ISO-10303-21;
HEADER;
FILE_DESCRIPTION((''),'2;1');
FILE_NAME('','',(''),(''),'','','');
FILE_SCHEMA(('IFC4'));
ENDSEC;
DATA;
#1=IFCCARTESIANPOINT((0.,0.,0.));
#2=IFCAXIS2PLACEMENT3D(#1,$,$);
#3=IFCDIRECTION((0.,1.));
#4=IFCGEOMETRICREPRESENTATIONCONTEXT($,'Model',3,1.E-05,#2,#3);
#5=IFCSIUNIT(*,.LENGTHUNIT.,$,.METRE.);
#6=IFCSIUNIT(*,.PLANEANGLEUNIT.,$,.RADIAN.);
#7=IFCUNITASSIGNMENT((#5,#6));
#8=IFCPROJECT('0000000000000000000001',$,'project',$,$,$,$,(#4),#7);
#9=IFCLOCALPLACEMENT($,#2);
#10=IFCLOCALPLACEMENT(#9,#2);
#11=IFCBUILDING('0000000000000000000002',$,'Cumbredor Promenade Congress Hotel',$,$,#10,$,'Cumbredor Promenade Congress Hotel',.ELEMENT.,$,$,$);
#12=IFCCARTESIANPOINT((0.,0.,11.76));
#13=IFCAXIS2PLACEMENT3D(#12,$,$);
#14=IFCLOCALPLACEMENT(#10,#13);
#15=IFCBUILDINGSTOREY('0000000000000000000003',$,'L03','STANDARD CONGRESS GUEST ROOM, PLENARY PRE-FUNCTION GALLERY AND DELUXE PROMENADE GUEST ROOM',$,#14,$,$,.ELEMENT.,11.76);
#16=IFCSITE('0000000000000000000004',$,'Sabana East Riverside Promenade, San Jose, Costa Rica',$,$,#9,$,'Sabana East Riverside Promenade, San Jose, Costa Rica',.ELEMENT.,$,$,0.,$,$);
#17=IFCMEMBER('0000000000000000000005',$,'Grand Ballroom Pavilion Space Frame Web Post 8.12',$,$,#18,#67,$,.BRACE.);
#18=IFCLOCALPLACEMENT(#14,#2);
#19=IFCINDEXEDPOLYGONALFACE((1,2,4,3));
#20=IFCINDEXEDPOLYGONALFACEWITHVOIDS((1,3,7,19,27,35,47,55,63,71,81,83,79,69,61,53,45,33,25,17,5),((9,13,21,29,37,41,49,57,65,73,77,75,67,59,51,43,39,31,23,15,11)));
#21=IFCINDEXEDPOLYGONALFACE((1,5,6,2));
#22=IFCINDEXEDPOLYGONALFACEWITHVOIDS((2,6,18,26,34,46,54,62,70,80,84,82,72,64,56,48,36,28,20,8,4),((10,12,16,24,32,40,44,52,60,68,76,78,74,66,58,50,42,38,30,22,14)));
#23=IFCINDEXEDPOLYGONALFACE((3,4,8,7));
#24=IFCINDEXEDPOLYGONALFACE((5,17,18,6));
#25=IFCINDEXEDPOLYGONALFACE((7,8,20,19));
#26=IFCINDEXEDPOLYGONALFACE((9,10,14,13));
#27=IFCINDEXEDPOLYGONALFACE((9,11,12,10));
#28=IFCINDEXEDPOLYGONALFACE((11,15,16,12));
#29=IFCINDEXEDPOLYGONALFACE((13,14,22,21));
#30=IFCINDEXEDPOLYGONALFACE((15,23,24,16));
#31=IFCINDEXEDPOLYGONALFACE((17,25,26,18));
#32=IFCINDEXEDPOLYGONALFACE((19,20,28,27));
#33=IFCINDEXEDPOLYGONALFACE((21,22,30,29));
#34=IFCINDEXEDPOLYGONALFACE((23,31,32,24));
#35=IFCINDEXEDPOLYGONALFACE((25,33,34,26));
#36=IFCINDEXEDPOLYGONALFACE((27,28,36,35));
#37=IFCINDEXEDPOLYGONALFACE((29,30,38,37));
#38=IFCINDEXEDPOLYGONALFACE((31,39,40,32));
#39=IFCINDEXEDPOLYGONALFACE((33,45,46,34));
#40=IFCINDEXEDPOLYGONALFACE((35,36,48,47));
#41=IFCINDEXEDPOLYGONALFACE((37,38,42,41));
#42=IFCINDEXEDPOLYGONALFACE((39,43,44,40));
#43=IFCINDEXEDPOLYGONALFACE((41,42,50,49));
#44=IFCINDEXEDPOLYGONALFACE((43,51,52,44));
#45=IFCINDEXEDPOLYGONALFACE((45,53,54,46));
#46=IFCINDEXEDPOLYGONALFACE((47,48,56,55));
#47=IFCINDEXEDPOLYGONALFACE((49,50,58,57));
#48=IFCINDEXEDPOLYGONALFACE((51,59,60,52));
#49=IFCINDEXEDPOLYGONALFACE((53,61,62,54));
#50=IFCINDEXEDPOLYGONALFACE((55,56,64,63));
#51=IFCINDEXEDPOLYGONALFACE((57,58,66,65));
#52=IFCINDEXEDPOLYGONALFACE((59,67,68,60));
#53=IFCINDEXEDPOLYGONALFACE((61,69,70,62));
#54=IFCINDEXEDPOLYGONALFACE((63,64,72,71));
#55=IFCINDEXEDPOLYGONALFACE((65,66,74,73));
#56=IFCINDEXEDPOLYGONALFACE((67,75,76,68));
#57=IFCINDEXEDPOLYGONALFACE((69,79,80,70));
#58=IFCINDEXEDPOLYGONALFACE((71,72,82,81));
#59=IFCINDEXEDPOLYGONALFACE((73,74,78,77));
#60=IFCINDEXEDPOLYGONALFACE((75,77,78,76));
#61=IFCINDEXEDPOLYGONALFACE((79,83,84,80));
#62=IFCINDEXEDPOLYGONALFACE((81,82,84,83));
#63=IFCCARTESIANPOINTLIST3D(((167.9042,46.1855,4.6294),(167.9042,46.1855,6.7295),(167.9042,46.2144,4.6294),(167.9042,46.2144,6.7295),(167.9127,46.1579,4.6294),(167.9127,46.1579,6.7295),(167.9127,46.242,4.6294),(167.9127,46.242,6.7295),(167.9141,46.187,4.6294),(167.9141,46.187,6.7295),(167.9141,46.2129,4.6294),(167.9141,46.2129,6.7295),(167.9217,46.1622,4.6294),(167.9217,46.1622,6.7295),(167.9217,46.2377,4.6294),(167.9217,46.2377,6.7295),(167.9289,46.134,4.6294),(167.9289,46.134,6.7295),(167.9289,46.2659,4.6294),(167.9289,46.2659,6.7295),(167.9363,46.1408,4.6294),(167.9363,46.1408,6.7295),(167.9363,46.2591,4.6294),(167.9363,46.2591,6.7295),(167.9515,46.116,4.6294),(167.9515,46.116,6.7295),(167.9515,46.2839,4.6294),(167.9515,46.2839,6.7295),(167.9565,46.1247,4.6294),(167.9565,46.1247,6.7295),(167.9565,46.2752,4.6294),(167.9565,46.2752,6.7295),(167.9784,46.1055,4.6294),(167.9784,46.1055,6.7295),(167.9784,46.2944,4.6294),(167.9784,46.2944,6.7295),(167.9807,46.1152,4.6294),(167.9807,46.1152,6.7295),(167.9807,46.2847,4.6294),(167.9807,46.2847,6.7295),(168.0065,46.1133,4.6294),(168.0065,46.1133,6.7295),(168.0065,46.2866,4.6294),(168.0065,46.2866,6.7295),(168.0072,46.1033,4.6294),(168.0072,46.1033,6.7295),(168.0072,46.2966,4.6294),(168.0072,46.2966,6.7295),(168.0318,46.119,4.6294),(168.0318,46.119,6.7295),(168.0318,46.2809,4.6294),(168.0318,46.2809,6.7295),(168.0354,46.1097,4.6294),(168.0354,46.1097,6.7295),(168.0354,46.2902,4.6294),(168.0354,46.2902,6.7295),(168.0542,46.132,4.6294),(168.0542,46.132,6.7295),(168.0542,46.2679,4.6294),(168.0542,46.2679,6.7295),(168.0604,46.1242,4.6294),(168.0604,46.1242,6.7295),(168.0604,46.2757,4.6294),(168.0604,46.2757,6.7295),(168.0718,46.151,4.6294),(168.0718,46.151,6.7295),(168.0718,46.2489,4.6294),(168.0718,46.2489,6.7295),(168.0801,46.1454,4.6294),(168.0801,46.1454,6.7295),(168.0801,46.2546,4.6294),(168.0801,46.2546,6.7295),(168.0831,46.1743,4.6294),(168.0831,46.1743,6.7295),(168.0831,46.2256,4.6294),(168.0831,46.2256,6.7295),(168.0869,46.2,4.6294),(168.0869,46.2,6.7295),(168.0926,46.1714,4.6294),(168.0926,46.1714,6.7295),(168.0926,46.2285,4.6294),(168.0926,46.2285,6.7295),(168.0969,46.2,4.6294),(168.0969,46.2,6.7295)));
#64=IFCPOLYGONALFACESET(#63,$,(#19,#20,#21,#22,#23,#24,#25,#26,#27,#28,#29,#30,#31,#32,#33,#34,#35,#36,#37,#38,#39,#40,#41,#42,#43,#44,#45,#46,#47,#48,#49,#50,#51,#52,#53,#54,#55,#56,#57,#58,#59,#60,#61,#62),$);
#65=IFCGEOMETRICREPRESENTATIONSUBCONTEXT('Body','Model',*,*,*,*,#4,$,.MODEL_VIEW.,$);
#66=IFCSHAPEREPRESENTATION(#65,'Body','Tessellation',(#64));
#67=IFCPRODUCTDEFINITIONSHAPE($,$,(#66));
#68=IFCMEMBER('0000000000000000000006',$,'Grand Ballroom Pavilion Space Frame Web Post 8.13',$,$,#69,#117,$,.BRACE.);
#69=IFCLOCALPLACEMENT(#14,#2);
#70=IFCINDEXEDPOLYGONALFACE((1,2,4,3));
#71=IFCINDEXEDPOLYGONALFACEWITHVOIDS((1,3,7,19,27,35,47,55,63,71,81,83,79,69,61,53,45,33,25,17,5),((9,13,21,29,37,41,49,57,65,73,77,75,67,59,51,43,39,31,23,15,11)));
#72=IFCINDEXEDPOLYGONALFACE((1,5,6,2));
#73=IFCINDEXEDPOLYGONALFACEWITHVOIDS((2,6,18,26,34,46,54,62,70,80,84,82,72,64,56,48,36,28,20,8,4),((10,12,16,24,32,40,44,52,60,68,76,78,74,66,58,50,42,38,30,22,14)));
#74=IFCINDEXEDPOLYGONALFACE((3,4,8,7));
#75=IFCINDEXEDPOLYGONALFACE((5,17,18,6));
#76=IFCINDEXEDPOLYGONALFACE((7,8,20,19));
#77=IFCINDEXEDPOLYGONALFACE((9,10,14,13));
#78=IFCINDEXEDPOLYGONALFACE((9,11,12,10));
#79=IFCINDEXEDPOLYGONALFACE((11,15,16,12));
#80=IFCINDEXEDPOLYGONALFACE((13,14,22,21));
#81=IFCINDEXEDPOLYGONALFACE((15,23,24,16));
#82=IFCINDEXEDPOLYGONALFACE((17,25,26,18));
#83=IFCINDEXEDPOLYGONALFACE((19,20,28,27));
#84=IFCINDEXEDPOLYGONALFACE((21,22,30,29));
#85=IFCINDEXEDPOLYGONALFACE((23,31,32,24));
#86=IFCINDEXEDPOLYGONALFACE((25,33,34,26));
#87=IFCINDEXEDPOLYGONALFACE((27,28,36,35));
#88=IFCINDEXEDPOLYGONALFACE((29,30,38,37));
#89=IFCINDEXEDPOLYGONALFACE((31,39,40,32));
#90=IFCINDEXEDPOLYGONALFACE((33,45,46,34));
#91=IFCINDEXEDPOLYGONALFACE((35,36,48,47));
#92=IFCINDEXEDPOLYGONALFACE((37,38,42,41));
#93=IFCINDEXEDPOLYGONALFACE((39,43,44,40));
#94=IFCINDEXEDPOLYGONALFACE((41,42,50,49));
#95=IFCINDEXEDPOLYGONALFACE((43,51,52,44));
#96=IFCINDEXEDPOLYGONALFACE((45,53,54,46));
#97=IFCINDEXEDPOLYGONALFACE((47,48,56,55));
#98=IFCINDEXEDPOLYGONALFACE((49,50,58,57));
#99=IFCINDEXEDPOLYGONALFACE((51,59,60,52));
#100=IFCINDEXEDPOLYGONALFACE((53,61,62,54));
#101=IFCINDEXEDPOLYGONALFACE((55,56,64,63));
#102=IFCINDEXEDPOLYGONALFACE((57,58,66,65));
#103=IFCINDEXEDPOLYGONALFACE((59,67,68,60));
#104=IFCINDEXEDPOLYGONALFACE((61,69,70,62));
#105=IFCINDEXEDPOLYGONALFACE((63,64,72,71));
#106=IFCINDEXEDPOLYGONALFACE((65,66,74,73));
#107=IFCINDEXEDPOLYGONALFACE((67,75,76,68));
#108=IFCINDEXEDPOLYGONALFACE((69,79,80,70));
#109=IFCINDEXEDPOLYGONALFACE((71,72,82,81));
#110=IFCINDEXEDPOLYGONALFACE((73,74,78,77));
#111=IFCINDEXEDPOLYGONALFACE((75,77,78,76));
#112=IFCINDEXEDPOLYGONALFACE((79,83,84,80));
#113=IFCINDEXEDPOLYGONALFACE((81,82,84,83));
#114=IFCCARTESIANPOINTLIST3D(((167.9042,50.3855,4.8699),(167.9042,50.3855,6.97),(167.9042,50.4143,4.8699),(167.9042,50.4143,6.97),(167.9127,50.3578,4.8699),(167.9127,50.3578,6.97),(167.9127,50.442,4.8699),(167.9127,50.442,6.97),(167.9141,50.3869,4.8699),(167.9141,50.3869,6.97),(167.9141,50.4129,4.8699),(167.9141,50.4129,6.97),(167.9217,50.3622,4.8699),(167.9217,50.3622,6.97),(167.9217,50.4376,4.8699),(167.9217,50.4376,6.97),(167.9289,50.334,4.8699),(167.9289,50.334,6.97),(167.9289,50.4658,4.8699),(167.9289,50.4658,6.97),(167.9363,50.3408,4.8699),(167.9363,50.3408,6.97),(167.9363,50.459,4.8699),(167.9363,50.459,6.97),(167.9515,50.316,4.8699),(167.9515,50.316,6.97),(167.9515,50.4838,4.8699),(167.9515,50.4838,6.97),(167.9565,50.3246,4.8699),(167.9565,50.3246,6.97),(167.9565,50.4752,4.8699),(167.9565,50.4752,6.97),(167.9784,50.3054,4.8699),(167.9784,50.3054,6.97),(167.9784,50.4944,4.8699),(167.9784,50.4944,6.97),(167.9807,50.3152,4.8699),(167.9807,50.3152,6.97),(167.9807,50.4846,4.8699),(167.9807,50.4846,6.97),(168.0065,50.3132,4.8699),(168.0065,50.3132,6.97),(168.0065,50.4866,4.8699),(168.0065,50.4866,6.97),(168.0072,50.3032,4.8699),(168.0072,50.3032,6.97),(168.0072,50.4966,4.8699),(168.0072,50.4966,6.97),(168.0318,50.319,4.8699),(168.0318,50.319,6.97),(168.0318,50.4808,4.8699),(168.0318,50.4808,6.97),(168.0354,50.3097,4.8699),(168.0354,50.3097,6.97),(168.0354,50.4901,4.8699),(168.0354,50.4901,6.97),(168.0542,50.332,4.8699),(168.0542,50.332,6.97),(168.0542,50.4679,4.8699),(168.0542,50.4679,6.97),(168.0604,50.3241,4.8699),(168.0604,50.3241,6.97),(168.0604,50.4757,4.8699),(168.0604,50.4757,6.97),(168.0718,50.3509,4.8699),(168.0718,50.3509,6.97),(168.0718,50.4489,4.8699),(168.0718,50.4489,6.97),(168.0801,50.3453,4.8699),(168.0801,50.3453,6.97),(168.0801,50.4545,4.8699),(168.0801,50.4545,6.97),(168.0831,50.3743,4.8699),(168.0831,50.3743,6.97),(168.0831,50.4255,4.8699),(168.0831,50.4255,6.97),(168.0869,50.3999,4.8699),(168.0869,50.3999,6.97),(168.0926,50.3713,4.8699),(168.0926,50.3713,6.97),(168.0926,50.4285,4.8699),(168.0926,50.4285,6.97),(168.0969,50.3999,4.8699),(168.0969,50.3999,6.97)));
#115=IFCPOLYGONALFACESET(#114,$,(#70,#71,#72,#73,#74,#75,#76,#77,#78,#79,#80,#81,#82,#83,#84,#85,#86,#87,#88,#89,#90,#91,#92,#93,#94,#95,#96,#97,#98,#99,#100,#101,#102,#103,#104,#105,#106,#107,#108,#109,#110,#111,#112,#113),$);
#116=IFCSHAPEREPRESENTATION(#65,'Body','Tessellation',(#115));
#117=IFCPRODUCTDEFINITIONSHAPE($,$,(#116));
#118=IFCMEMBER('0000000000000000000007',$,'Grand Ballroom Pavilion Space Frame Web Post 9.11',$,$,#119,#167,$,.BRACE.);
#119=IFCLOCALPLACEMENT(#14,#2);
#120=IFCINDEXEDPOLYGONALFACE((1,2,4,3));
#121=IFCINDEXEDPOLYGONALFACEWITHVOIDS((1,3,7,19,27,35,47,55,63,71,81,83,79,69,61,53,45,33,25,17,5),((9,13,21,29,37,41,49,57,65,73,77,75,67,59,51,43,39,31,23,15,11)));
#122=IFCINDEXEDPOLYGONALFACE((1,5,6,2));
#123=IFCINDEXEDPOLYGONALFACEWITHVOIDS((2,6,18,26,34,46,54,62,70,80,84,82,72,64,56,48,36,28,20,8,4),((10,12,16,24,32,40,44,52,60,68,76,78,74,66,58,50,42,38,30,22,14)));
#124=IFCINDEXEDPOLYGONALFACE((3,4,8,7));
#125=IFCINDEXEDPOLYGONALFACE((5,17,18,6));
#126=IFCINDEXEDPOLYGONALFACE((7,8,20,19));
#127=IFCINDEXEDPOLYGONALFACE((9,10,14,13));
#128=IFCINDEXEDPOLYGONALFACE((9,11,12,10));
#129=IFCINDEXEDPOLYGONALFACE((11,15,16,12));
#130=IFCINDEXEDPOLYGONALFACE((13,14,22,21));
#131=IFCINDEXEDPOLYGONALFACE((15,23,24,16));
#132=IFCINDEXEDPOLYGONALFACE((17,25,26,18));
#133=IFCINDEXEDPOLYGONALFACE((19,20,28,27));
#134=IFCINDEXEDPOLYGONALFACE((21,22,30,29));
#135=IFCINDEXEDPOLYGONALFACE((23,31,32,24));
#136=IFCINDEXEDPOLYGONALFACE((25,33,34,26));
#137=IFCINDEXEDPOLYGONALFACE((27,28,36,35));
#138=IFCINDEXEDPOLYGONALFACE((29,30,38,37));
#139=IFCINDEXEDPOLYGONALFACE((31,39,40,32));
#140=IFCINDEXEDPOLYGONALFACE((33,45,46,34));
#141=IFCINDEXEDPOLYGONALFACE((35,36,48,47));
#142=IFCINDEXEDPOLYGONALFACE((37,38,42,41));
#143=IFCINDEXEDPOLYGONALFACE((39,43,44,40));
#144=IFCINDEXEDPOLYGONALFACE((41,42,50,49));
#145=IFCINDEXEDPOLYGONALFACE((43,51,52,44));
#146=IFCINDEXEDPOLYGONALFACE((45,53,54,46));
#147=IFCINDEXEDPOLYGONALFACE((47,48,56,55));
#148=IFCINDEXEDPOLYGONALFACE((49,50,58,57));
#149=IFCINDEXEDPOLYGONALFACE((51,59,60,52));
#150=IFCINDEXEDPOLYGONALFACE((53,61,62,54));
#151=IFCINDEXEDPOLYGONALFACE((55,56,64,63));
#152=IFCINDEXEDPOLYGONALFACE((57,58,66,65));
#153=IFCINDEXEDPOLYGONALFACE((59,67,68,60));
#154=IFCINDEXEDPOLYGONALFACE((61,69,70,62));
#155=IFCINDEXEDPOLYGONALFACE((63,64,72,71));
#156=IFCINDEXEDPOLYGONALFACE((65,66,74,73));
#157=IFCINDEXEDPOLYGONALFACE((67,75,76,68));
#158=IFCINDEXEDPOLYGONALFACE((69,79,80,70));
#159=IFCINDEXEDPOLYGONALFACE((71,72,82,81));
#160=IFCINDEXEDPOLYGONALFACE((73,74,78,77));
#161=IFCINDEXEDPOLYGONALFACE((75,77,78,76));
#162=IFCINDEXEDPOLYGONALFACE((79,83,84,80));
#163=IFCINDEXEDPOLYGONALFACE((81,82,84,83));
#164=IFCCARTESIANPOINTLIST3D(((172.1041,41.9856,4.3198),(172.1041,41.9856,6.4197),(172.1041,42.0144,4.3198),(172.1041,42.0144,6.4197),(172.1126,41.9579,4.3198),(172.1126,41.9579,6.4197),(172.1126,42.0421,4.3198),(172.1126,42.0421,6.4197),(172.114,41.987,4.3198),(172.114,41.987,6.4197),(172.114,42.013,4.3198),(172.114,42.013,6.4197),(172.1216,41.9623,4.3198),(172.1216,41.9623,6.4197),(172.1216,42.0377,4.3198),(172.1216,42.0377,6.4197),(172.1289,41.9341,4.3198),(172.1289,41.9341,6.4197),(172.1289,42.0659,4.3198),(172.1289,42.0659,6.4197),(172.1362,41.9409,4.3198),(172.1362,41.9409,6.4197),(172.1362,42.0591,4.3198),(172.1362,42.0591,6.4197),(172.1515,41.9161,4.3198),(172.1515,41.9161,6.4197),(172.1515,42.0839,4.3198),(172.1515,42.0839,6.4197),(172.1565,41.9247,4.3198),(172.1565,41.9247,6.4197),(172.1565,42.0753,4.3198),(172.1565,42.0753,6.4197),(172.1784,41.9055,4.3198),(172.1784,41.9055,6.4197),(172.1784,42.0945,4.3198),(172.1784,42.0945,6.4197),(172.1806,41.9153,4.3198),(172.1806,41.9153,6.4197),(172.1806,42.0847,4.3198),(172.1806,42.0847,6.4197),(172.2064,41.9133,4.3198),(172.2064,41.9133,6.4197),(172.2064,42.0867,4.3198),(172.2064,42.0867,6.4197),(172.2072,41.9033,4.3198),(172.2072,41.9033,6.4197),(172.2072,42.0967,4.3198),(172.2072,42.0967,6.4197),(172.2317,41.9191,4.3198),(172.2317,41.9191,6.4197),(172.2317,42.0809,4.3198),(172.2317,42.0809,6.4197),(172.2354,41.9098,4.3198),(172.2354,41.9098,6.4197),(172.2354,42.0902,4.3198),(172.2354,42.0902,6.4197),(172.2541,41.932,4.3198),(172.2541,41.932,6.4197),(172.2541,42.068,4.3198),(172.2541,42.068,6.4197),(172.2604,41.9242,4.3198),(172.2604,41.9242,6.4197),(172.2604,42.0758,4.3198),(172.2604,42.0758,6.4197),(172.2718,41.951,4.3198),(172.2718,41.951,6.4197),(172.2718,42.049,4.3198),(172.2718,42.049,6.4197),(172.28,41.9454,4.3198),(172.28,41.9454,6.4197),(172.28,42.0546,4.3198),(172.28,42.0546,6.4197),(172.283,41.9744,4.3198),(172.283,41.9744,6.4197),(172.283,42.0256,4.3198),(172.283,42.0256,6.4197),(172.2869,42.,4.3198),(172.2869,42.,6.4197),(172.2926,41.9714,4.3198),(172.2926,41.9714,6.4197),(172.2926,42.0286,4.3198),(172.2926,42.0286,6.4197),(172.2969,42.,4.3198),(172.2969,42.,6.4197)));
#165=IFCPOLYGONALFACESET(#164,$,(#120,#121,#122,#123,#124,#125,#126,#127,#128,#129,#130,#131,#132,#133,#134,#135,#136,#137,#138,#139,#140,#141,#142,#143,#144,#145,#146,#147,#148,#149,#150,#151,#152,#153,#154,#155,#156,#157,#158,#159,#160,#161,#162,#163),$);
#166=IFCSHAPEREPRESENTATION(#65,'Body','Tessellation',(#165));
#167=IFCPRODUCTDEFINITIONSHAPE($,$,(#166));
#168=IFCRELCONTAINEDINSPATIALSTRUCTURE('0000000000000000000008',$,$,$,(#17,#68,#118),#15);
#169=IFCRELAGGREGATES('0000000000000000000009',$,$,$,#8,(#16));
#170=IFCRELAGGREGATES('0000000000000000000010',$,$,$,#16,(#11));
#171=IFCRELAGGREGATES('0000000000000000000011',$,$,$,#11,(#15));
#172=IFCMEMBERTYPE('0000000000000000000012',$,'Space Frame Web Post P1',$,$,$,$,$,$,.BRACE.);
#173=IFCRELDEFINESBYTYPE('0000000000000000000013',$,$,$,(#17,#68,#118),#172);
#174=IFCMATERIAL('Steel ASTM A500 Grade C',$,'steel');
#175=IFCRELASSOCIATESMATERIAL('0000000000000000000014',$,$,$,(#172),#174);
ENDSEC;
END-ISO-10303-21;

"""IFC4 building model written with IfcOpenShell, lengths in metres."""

from ifc_helpers import new_model, si_unit, direction, frame, origin, origin_2d, place, context, subcontext, project, spatial, hollow_circle, extrude, material, material_profile, profile_set, type_object, element, save


model = new_model("IFC4")

# Units and contexts
model_context = context("Model", 3, precision=1e-05, world=origin(), true_north=direction((0.0, 1.0)))
body_context = subcontext(model_context, "Body", "Model", "MODEL_VIEW")
ifc_project = project(units=[si_unit("LENGTHUNIT", "METRE"), si_unit("PLANEANGLEUNIT", "RADIAN")], contexts=[model_context])

# Site, building, storey
site_placement = place(None, origin())
site = spatial("IfcSite", under=ifc_project, at=site_placement, Name="Sabana East Riverside Promenade, San Jose, Costa Rica", LongName="Sabana East Riverside Promenade, San Jose, Costa Rica", CompositionType="ELEMENT", RefElevation=0.0)
building_placement = place(site_placement, origin())
building = spatial("IfcBuilding", under=site, at=building_placement, Name="Cumbredor Promenade Congress Hotel", LongName="Cumbredor Promenade Congress Hotel", CompositionType="ELEMENT")
storey_placement = place(building_placement, frame((0.0, 0.0, 11.76)))
storey = spatial("IfcBuildingStorey", under=building, at=storey_placement, Name="L03", Description="STANDARD CONGRESS GUEST ROOM, PLENARY PRE-FUNCTION GALLERY AND DELUXE PROMENADE GUEST ROOM", CompositionType="ELEMENT", Elevation=11.76)

# Members
ifc_material_1 = material(Name="Steel ASTM A500 Grade C", Category="steel")
ifc_material_profile_1 = material_profile(ifc_material_1, hollow_circle(Radius=0.0969, WallThickness=0.01, at=origin_2d()), Name="CHS 193.7x10")
ifc_profile_set_1 = profile_set([ifc_material_profile_1], Name="Steel ASTM A500 Grade C")
member_type_1 = type_object("IfcMemberType", Name="Space Frame Web Post P1", PredefinedType="BRACE", material=ifc_profile_set_1)
for number, where, z_axis, x_axis, name in (
    (1, (168.0, 46.2, 4.6294), (0.0, 0.0, 1.0), (1.0, 0.0, 0.0), "Grand Ballroom Pavilion Space Frame Web Post 8.12"),
    (2, (168.0, 50.3999, 4.8699), (0.0, 0.0, 1.0), (1.0, 0.0, 0.0), "Grand Ballroom Pavilion Space Frame Web Post 8.13"),
):
    element("IfcMember", number, at=place(storey_placement, frame(where, z_axis=z_axis, x_axis=x_axis)), inside=storey, type_object=member_type_1, Name=name, PredefinedType="BRACE", context=body_context, shape_type="SweptSolid", body=[
        extrude(hollow_circle(Radius=0.0969, WallThickness=0.01, at=origin_2d()), origin(), (0.0, 0.0, 1.0), 2.1001),
    ])
member_1_placement = place(storey_placement, frame((172.2, 42.0, 4.3198), z_axis=(0.0, 0.0, 1.0), x_axis=(1.0, 0.0, 0.0)))
element("IfcMember", 3, at=member_1_placement, inside=storey, type_object=member_type_1, Name="Grand Ballroom Pavilion Space Frame Web Post 9.11", PredefinedType="BRACE", context=body_context, shape_type="SweptSolid", body=[
    extrude(hollow_circle(Radius=0.0969, WallThickness=0.01, at=origin_2d()), origin(), (0.0, 0.0, 1.0), 2.0999),
])

save(model, "model.ifc")
